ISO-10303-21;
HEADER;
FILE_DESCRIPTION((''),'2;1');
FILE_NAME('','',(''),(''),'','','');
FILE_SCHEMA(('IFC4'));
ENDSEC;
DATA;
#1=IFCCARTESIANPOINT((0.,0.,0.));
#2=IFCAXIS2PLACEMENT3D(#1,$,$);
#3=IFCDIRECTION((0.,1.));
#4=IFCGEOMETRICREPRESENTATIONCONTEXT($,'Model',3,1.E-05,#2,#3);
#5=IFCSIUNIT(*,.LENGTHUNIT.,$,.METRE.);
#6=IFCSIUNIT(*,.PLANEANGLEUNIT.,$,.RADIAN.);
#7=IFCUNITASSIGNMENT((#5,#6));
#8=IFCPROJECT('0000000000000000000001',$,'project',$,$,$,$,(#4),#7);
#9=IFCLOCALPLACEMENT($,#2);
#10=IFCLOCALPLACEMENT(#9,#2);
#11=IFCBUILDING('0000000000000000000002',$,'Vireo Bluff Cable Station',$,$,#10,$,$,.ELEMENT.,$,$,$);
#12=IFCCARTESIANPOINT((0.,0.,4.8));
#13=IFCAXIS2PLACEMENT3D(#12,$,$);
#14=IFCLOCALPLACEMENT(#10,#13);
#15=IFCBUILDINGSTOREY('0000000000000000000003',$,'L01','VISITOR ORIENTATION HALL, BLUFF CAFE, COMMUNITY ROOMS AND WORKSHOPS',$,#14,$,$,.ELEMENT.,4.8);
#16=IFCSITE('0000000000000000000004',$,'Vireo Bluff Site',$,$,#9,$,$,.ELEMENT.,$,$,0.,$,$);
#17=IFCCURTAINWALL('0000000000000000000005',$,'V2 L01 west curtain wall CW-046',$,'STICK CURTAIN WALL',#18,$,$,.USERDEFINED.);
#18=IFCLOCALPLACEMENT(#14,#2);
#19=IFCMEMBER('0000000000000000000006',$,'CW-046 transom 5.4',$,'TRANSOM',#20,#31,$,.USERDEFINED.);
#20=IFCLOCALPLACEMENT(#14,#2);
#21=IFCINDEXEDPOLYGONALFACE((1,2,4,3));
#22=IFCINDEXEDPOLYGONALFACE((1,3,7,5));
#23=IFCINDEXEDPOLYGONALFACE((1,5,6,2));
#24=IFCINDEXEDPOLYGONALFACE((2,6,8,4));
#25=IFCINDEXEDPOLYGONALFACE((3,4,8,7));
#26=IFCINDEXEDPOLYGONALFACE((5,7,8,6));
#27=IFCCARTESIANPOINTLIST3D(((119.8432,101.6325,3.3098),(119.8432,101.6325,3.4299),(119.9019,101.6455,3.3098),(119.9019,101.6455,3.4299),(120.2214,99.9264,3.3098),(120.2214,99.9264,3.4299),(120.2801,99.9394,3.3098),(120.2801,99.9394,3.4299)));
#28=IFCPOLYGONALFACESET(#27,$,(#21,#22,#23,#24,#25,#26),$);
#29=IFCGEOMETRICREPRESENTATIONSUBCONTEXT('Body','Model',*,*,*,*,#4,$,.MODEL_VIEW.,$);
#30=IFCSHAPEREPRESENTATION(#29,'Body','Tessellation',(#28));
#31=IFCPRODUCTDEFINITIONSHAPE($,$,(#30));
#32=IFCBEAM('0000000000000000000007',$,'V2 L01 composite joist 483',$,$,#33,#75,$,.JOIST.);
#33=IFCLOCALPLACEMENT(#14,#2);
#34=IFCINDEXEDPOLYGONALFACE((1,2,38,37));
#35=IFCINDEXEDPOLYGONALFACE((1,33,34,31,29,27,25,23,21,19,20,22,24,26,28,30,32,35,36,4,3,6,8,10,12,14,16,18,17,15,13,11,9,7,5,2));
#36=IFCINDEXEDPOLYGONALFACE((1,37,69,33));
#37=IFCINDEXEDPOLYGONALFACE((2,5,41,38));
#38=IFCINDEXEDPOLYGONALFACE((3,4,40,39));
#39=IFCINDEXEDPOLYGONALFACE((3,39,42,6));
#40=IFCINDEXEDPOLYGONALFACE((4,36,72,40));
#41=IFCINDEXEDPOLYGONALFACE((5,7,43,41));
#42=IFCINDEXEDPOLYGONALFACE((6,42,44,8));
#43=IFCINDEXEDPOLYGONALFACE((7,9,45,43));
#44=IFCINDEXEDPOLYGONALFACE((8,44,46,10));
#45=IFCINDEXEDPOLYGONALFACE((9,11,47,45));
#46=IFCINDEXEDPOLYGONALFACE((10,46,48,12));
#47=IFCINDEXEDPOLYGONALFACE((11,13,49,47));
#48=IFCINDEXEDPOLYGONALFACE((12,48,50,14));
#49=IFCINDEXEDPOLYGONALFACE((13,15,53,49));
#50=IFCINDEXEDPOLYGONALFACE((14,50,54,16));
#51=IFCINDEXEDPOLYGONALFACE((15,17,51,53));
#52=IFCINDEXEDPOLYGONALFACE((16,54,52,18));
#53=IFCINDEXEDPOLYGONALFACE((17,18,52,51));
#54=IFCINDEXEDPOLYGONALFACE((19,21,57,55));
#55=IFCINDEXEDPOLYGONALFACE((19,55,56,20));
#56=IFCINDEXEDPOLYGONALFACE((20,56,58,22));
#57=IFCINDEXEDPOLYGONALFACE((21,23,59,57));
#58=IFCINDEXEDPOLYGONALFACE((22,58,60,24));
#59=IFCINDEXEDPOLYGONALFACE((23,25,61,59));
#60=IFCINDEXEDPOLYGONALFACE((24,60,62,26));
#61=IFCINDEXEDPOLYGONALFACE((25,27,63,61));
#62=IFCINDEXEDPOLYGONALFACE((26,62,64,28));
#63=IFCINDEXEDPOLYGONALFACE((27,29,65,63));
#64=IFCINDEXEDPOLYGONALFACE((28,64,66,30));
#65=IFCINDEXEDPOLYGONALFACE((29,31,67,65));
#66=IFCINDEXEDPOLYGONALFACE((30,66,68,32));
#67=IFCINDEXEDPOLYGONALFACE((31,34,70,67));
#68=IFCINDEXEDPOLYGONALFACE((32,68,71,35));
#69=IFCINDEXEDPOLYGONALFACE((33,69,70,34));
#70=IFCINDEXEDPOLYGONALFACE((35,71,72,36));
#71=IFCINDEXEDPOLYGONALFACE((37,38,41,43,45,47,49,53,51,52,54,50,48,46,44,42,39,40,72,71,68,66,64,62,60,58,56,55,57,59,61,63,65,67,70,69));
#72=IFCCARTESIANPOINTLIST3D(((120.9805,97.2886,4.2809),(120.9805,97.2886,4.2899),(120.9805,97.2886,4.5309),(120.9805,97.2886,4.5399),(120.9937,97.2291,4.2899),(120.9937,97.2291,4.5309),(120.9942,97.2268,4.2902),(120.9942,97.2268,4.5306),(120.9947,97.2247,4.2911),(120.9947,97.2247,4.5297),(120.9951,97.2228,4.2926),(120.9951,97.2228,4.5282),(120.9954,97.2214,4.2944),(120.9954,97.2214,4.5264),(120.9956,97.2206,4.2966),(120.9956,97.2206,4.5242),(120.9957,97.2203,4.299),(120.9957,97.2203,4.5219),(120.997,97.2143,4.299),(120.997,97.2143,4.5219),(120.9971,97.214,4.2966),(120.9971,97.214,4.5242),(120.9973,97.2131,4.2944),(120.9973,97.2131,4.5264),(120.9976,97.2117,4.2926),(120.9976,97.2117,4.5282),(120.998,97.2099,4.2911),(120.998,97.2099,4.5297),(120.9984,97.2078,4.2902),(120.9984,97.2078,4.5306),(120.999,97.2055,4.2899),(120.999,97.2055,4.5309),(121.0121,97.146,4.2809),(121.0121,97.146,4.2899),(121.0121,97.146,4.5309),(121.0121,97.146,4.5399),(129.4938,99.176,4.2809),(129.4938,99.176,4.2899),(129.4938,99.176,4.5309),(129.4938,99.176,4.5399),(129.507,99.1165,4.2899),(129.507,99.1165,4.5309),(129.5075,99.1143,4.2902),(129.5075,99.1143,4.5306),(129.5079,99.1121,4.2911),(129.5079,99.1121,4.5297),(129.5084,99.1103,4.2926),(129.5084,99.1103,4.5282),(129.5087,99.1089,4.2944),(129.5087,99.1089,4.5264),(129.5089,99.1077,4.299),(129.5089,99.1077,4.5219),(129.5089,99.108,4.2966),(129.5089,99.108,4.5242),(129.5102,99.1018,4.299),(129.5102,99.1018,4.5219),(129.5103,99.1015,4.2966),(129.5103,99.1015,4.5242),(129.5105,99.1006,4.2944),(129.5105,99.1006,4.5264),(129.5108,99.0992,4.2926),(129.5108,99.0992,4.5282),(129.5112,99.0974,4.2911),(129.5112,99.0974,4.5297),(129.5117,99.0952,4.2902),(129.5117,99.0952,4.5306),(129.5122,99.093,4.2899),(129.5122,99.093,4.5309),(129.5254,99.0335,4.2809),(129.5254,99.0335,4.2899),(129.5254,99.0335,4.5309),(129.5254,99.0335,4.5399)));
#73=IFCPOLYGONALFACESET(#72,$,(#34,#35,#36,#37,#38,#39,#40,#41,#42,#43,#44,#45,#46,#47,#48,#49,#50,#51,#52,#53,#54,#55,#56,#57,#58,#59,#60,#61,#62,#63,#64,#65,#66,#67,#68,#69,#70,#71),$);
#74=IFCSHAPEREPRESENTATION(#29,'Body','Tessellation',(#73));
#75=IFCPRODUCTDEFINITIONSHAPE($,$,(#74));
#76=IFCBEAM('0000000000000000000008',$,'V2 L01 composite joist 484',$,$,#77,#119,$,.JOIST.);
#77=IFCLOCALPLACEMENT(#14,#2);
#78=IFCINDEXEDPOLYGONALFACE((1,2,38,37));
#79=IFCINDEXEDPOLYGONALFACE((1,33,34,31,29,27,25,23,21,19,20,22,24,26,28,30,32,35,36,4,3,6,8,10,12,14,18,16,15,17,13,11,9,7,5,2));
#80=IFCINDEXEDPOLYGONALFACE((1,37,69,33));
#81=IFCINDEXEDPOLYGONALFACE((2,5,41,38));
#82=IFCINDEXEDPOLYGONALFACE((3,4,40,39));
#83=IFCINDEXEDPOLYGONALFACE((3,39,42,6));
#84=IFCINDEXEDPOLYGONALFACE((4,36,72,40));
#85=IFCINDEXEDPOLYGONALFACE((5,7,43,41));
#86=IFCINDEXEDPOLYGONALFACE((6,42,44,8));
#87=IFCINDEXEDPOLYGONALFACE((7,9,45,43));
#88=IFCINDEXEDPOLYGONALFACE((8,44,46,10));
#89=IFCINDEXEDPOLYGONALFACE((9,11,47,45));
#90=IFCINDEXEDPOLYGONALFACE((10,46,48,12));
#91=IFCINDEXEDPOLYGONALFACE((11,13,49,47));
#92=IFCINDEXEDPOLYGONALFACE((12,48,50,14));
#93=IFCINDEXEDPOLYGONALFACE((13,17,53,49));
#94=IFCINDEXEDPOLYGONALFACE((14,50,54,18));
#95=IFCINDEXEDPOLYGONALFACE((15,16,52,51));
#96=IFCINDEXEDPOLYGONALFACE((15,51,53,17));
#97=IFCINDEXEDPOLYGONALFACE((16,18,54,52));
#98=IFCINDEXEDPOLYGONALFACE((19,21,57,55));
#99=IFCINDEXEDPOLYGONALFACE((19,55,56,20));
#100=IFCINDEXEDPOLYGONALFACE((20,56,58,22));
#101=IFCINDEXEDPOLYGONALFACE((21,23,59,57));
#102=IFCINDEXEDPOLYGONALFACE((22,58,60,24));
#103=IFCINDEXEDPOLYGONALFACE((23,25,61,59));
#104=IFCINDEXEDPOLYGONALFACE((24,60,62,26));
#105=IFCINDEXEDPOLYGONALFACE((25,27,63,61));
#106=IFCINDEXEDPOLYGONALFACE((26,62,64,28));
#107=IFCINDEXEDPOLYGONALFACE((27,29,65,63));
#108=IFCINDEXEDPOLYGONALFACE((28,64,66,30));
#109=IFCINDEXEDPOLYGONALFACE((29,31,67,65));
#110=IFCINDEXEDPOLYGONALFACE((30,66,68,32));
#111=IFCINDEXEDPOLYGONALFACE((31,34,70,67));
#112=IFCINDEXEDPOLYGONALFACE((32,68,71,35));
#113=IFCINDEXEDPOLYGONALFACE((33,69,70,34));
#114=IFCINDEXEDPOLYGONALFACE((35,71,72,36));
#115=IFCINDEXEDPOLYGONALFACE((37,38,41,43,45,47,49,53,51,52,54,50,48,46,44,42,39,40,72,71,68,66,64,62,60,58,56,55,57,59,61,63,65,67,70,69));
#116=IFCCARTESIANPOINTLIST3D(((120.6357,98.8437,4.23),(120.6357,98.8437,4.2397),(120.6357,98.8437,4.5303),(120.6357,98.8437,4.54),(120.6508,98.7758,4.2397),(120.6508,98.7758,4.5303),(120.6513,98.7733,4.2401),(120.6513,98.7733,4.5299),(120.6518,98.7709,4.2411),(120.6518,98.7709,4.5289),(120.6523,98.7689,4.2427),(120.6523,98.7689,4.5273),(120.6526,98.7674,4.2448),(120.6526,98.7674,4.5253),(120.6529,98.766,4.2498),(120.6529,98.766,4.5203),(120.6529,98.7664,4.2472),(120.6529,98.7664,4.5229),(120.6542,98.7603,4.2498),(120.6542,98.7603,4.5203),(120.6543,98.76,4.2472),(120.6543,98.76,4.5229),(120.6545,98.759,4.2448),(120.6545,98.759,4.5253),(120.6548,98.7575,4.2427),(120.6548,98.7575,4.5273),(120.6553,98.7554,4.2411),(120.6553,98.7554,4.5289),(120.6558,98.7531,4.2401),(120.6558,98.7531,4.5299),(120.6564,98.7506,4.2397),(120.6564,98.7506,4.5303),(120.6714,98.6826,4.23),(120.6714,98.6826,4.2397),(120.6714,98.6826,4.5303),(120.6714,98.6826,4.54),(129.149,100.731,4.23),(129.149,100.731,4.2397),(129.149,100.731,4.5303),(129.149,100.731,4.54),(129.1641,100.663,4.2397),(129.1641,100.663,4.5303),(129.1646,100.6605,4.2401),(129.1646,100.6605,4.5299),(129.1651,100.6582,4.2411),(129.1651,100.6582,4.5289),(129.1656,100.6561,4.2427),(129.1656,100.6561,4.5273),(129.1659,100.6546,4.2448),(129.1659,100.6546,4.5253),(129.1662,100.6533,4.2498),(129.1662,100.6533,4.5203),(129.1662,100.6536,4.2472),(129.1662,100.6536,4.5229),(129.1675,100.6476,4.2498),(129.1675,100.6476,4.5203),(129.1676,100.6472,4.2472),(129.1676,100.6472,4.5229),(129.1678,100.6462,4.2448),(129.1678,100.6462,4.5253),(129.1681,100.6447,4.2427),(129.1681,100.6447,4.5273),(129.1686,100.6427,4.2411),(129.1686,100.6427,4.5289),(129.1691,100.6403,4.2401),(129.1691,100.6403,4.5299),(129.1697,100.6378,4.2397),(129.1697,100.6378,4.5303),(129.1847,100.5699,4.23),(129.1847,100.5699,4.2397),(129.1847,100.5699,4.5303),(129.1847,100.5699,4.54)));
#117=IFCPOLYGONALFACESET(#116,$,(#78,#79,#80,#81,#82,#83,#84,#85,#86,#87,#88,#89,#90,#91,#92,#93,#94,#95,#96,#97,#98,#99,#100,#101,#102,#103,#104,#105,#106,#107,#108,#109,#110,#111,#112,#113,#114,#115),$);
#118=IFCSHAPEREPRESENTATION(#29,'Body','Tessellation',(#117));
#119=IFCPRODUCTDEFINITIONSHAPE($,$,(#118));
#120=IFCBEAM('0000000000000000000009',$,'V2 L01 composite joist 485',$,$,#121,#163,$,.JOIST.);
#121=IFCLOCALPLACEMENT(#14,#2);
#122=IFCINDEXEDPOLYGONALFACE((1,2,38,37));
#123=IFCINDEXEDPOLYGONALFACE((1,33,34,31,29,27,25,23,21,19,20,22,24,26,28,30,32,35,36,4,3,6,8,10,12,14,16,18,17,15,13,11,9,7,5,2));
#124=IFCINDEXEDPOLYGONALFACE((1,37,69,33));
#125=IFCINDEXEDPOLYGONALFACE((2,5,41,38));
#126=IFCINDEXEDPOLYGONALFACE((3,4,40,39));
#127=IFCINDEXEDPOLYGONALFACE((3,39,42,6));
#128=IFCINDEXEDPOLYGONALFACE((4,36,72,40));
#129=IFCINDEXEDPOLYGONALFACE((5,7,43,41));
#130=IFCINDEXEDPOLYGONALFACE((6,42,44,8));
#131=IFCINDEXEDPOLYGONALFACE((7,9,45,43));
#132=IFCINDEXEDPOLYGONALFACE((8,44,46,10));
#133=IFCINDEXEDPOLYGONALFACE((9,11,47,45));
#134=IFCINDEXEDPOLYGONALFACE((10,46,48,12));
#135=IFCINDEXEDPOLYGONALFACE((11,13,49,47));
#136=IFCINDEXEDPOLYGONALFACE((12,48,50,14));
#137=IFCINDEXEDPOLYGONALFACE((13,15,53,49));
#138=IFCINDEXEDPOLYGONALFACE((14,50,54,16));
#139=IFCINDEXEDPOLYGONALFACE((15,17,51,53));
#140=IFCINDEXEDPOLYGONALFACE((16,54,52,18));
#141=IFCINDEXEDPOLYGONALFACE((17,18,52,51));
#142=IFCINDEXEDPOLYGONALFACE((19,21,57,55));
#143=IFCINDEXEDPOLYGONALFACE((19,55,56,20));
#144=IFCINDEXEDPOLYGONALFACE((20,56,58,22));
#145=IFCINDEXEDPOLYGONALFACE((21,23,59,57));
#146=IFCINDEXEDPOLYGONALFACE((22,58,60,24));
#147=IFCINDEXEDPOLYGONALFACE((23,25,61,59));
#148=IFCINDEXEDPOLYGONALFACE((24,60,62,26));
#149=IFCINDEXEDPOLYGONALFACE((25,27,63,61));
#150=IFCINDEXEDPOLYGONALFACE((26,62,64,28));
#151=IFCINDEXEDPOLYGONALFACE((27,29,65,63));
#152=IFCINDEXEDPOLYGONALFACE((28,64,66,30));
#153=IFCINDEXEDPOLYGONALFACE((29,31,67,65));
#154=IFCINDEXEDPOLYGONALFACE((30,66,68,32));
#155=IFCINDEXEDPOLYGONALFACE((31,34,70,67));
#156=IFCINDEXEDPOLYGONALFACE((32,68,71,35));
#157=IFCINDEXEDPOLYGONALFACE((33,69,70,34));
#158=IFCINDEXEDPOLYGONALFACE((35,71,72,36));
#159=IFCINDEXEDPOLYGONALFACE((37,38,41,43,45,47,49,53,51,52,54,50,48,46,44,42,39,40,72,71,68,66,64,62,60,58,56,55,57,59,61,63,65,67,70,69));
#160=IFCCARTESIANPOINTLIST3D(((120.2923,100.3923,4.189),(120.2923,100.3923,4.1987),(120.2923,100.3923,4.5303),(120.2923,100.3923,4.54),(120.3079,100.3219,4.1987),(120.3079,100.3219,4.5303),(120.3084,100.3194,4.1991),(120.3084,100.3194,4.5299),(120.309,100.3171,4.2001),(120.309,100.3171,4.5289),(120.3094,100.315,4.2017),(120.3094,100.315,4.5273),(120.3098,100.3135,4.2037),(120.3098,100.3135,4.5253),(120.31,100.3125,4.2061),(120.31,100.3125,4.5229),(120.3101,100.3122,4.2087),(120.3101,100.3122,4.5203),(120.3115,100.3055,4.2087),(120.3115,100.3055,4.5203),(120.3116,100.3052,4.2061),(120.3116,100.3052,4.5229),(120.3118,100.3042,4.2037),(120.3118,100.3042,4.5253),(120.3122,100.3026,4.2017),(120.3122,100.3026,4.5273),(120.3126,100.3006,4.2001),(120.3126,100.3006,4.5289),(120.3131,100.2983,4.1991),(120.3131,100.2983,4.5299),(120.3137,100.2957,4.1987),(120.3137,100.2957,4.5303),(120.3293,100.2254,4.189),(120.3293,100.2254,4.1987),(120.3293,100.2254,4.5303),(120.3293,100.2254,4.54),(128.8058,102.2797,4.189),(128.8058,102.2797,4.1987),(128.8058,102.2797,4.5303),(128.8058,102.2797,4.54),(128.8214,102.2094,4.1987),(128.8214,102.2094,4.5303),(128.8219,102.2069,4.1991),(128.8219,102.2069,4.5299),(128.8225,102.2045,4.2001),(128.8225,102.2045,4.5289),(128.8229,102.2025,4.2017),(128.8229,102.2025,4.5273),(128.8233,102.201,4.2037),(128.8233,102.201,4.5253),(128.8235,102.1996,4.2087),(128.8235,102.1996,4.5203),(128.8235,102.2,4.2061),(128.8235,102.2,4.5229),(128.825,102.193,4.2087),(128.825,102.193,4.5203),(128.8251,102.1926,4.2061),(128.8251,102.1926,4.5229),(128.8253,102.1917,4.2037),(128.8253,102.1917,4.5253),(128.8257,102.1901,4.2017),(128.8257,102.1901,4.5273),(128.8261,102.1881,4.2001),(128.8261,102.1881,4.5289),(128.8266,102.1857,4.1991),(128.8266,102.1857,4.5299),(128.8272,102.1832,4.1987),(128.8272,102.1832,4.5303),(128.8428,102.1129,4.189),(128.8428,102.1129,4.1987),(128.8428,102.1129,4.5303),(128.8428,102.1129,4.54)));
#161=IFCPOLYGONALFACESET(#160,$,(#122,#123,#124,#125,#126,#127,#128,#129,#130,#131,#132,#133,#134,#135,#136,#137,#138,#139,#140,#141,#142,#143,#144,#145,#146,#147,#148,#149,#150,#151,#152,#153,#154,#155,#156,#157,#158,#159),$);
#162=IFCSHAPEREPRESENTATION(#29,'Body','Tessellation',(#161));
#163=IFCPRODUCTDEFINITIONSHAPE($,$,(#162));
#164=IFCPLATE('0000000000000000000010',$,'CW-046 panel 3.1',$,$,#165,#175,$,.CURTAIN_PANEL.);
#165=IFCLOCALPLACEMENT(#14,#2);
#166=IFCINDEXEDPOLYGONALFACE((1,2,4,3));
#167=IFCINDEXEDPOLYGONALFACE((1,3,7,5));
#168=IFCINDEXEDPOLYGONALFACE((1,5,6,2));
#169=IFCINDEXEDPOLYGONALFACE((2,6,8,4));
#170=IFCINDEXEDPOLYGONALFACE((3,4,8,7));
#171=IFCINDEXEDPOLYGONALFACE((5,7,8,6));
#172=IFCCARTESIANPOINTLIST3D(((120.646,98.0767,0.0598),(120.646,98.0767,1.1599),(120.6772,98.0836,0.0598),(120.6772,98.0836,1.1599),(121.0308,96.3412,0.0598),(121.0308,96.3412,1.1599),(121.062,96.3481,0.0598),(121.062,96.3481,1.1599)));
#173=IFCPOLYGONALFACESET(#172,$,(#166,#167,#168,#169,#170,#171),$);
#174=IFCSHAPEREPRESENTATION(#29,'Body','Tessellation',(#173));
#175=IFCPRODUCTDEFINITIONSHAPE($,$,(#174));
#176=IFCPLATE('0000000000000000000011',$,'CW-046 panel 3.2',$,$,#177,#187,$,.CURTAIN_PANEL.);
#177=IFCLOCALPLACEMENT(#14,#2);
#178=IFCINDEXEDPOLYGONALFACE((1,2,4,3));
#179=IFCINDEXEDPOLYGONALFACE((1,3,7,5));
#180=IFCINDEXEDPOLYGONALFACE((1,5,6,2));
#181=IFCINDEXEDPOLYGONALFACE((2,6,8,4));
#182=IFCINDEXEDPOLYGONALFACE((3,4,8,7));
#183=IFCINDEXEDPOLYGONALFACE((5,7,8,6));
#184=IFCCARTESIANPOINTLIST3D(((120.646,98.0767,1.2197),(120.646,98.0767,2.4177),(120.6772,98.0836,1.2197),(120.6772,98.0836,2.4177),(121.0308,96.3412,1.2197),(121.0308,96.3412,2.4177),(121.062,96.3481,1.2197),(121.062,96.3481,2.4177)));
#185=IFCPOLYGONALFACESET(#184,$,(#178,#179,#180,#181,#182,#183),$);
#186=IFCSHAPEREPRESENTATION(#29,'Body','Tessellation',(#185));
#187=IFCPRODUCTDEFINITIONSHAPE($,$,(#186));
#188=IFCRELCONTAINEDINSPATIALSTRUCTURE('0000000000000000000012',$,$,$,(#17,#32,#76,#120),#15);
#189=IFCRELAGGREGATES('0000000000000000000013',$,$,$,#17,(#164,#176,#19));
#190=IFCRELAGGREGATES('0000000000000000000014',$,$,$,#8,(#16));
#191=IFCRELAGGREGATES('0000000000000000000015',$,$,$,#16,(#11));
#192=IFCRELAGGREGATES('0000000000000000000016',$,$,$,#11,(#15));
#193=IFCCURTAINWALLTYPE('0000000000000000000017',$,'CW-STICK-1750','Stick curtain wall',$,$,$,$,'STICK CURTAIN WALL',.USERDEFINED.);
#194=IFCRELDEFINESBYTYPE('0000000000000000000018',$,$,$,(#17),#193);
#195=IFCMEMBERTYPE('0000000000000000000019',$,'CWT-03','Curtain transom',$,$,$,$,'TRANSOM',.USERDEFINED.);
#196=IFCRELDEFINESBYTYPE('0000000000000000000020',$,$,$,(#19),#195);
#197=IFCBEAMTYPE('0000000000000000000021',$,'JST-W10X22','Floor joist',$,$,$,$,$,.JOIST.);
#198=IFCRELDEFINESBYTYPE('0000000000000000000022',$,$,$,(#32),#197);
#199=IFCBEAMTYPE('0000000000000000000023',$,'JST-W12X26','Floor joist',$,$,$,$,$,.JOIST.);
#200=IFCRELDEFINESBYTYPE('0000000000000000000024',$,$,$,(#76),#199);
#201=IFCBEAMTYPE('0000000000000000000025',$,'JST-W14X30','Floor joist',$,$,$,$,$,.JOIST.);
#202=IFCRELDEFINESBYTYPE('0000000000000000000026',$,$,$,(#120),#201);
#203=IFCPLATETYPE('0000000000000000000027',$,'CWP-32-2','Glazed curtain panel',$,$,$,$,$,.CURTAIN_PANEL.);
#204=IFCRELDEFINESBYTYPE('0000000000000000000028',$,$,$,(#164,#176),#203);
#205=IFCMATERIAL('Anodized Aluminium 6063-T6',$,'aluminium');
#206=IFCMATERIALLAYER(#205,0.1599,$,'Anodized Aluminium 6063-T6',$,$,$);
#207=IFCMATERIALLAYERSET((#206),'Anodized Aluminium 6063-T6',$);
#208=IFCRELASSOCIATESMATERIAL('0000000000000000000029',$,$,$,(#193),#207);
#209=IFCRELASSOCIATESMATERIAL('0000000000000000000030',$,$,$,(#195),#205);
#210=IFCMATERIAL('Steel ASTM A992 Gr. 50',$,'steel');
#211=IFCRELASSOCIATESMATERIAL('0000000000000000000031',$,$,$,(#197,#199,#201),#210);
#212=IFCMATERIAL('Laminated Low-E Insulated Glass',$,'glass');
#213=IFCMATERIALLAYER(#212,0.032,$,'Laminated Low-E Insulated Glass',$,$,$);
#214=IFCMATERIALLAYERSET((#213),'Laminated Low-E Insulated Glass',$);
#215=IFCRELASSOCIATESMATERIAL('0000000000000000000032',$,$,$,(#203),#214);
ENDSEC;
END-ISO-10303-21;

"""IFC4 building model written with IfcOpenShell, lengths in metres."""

from ifc_helpers import new_model, si_unit, direction, frame, origin, origin_2d, place, context, subcontext, project, spatial, rectangle, i_section, extrude, material, layer, layer_set, material_profile, profile_set, type_object, element, aggregate, save


model = new_model("IFC4")

# Units and contexts
model_context = context("Model", 3, precision=1e-05, world=origin(), true_north=direction((0.0, 1.0)))
body_context = subcontext(model_context, "Body", "Model", "MODEL_VIEW")
ifc_project = project(units=[si_unit("LENGTHUNIT", "METRE"), si_unit("PLANEANGLEUNIT", "RADIAN")], contexts=[model_context])

# Site, building, storey
site_placement = place(None, origin())
site = spatial("IfcSite", under=ifc_project, at=site_placement, Name="Vireo Bluff Site", CompositionType="ELEMENT", RefElevation=0.0)
building_placement = place(site_placement, origin())
building = spatial("IfcBuilding", under=site, at=building_placement, Name="Vireo Bluff Cable Station", CompositionType="ELEMENT")
storey_placement = place(building_placement, frame((0.0, 0.0, 4.8)))
storey = spatial("IfcBuildingStorey", under=building, at=storey_placement, Name="L01", Description="VISITOR ORIENTATION HALL, BLUFF CAFE, COMMUNITY ROOMS AND WORKSHOPS", CompositionType="ELEMENT", Elevation=4.8)

# Curtain wall, member
ifc_material_1 = material(Name="Anodized Aluminium 6063-T6", Category="aluminium")
ifc_layer_1 = layer(ifc_material_1, 0.1599, Name="Anodized Aluminium 6063-T6")
ifc_layer_set_1 = layer_set([ifc_layer_1], Name="Anodized Aluminium 6063-T6")
curtain_wall_type = type_object("IfcCurtainWallType", Name="CW-STICK-1750", Description="Stick curtain wall", ElementType="STICK CURTAIN WALL", PredefinedType="USERDEFINED", material=ifc_layer_set_1)
curtain_wall_placement = place(storey_placement, origin())
curtain_wall = element("IfcCurtainWall", 1, at=curtain_wall_placement, inside=storey, type_object=curtain_wall_type, Name="V2 L01 west curtain wall CW-046", ObjectType="STICK CURTAIN WALL", PredefinedType="USERDEFINED")
ifc_material_profile_1 = material_profile(ifc_material_1, rectangle(XDim=0.0601, YDim=0.1201, at=origin_2d()), Name="ALU-T-60X120")
ifc_profile_set_1 = profile_set([ifc_material_profile_1], Name="Anodized Aluminium 6063-T6")
member_type_1 = type_object("IfcMemberType", Name="CWT-03", Description="Curtain transom", ElementType="TRANSOM", PredefinedType="USERDEFINED", material=ifc_profile_set_1)
member_1_placement = place(storey_placement, frame((120.2507, 99.9329, 3.3699), z_axis=(-0.216413, 0.976302, 0.0), x_axis=(-0.976302, -0.216413, 0.0)))
member_1 = element("IfcMember", 2, at=member_1_placement, type_object=member_type_1, Name="CW-046 transom 5.4", ObjectType="TRANSOM", PredefinedType="USERDEFINED", context=body_context, shape_type="SweptSolid", body=[
    extrude(rectangle(XDim=0.0601, YDim=0.1201, at=origin_2d()), origin(), (0.0, 0.0, 1.0), 1.7476),
])

# Beams
ifc_material_2 = material(Name="Steel ASTM A992 Gr. 50", Category="steel")
ifc_material_profile_2 = material_profile(ifc_material_2, i_section(OverallWidth=0.146, OverallDepth=0.259, WebThickness=0.0061, FlangeThickness=0.009, FilletRadius=0.009, at=origin_2d()), Name="W10X22")
ifc_profile_set_2 = profile_set([ifc_material_profile_2], Name="Steel ASTM A992 Gr. 50")
beam_type_1 = type_object("IfcBeamType", Name="JST-W10X22", Description="Floor joist", PredefinedType="JOIST", material=ifc_profile_set_2)
beam_1_placement = place(storey_placement, frame((120.9963, 97.2173, 4.4104), z_axis=(0.976293, 0.216453, 0.0), x_axis=(-0.216453, 0.976293, 0.0)))
element("IfcBeam", 3, at=beam_1_placement, inside=storey, type_object=beam_type_1, Name="V2 L01 composite joist 483", PredefinedType="JOIST", context=body_context, shape_type="SweptSolid", body=[
    extrude(i_section(OverallWidth=0.146, OverallDepth=0.259, WebThickness=0.0061, FlangeThickness=0.009, FilletRadius=0.009, at=origin_2d()), origin(), (0.0, 0.0, 1.0), 8.72),
])
ifc_material_profile_3 = material_profile(ifc_material_2, i_section(OverallWidth=0.165, OverallDepth=0.3101, WebThickness=0.0059, FlangeThickness=0.0098, FilletRadius=0.01, at=origin_2d()), Name="W12X26")
ifc_profile_set_3 = profile_set([ifc_material_profile_3], Name="Steel ASTM A992 Gr. 50")
beam_type_2 = type_object("IfcBeamType", Name="JST-W12X26", Description="Floor joist", PredefinedType="JOIST", material=ifc_profile_set_3)
beam_2_placement = place(storey_placement, frame((120.6536, 98.7632, 4.385), z_axis=(0.976299, 0.216426, 0.0), x_axis=(-0.216426, 0.976299, 0.0)))
element("IfcBeam", 4, at=beam_2_placement, inside=storey, type_object=beam_type_2, Name="V2 L01 composite joist 484", PredefinedType="JOIST", context=body_context, shape_type="SweptSolid", body=[
    extrude(i_section(OverallWidth=0.165, OverallDepth=0.3101, WebThickness=0.0059, FlangeThickness=0.0098, FilletRadius=0.01, at=origin_2d()), origin(), (0.0, 0.0, 1.0), 8.72),
])
ifc_material_profile_4 = material_profile(ifc_material_2, i_section(OverallWidth=0.1709, OverallDepth=0.3511, WebThickness=0.0068, FlangeThickness=0.0098, FilletRadius=0.01, at=origin_2d()), Name="W14X30")
ifc_profile_set_4 = profile_set([ifc_material_profile_4], Name="Steel ASTM A992 Gr. 50")
beam_type_3 = type_object("IfcBeamType", Name="JST-W14X30", Description="Floor joist", PredefinedType="JOIST", material=ifc_profile_set_4)
beam_3_placement = place(storey_placement, frame((120.3108, 100.3088, 4.3645), z_axis=(0.976294, 0.216447, 0.0), x_axis=(-0.216447, 0.976294, 0.0)))
element("IfcBeam", 5, at=beam_3_placement, inside=storey, type_object=beam_type_3, Name="V2 L01 composite joist 485", PredefinedType="JOIST", context=body_context, shape_type="SweptSolid", body=[
    extrude(i_section(OverallWidth=0.1709, OverallDepth=0.3511, WebThickness=0.0068, FlangeThickness=0.0098, FilletRadius=0.01, at=origin_2d()), origin(), (0.0, 0.0, 1.0), 8.7202),
])

# Plates
ifc_material_3 = material(Name="Laminated Low-E Insulated Glass", Category="glass")
ifc_layer_2 = layer(ifc_material_3, 0.032, Name="Laminated Low-E Insulated Glass")
ifc_layer_set_2 = layer_set([ifc_layer_2], Name="Laminated Low-E Insulated Glass")
plate_type = type_object("IfcPlateType", Name="CWP-32-2", Description="Glazed curtain panel", PredefinedType="CURTAIN_PANEL", material=ifc_layer_set_2)
plate_1_placement = place(storey_placement, frame((120.854, 97.2124, 0.0598), z_axis=(0.0, 0.0, 1.0), x_axis=(-0.21644, 0.976296, 0.0)))
plate_1 = element("IfcPlate", 6, at=plate_1_placement, type_object=plate_type, Name="CW-046 panel 3.1", PredefinedType="CURTAIN_PANEL", context=body_context, shape_type="SweptSolid", body=[
    extrude(rectangle(XDim=1.7776, YDim=0.032, at=origin_2d()), origin(), (0.0, 0.0, 1.0), 1.1001),
])
plate_2_placement = place(storey_placement, frame((120.854, 97.2124, 1.2197), z_axis=(0.0, 0.0, 1.0), x_axis=(-0.21644, 0.976296, 0.0)))
plate_2 = element("IfcPlate", 7, at=plate_2_placement, type_object=plate_type, Name="CW-046 panel 3.2", PredefinedType="CURTAIN_PANEL", context=body_context, shape_type="SweptSolid", body=[
    extrude(rectangle(XDim=1.7776, YDim=0.032, at=origin_2d()), origin(), (0.0, 0.0, 1.0), 1.198),
])
aggregate(curtain_wall, [plate_1, plate_2, member_1])

save(model, "model.ifc")
